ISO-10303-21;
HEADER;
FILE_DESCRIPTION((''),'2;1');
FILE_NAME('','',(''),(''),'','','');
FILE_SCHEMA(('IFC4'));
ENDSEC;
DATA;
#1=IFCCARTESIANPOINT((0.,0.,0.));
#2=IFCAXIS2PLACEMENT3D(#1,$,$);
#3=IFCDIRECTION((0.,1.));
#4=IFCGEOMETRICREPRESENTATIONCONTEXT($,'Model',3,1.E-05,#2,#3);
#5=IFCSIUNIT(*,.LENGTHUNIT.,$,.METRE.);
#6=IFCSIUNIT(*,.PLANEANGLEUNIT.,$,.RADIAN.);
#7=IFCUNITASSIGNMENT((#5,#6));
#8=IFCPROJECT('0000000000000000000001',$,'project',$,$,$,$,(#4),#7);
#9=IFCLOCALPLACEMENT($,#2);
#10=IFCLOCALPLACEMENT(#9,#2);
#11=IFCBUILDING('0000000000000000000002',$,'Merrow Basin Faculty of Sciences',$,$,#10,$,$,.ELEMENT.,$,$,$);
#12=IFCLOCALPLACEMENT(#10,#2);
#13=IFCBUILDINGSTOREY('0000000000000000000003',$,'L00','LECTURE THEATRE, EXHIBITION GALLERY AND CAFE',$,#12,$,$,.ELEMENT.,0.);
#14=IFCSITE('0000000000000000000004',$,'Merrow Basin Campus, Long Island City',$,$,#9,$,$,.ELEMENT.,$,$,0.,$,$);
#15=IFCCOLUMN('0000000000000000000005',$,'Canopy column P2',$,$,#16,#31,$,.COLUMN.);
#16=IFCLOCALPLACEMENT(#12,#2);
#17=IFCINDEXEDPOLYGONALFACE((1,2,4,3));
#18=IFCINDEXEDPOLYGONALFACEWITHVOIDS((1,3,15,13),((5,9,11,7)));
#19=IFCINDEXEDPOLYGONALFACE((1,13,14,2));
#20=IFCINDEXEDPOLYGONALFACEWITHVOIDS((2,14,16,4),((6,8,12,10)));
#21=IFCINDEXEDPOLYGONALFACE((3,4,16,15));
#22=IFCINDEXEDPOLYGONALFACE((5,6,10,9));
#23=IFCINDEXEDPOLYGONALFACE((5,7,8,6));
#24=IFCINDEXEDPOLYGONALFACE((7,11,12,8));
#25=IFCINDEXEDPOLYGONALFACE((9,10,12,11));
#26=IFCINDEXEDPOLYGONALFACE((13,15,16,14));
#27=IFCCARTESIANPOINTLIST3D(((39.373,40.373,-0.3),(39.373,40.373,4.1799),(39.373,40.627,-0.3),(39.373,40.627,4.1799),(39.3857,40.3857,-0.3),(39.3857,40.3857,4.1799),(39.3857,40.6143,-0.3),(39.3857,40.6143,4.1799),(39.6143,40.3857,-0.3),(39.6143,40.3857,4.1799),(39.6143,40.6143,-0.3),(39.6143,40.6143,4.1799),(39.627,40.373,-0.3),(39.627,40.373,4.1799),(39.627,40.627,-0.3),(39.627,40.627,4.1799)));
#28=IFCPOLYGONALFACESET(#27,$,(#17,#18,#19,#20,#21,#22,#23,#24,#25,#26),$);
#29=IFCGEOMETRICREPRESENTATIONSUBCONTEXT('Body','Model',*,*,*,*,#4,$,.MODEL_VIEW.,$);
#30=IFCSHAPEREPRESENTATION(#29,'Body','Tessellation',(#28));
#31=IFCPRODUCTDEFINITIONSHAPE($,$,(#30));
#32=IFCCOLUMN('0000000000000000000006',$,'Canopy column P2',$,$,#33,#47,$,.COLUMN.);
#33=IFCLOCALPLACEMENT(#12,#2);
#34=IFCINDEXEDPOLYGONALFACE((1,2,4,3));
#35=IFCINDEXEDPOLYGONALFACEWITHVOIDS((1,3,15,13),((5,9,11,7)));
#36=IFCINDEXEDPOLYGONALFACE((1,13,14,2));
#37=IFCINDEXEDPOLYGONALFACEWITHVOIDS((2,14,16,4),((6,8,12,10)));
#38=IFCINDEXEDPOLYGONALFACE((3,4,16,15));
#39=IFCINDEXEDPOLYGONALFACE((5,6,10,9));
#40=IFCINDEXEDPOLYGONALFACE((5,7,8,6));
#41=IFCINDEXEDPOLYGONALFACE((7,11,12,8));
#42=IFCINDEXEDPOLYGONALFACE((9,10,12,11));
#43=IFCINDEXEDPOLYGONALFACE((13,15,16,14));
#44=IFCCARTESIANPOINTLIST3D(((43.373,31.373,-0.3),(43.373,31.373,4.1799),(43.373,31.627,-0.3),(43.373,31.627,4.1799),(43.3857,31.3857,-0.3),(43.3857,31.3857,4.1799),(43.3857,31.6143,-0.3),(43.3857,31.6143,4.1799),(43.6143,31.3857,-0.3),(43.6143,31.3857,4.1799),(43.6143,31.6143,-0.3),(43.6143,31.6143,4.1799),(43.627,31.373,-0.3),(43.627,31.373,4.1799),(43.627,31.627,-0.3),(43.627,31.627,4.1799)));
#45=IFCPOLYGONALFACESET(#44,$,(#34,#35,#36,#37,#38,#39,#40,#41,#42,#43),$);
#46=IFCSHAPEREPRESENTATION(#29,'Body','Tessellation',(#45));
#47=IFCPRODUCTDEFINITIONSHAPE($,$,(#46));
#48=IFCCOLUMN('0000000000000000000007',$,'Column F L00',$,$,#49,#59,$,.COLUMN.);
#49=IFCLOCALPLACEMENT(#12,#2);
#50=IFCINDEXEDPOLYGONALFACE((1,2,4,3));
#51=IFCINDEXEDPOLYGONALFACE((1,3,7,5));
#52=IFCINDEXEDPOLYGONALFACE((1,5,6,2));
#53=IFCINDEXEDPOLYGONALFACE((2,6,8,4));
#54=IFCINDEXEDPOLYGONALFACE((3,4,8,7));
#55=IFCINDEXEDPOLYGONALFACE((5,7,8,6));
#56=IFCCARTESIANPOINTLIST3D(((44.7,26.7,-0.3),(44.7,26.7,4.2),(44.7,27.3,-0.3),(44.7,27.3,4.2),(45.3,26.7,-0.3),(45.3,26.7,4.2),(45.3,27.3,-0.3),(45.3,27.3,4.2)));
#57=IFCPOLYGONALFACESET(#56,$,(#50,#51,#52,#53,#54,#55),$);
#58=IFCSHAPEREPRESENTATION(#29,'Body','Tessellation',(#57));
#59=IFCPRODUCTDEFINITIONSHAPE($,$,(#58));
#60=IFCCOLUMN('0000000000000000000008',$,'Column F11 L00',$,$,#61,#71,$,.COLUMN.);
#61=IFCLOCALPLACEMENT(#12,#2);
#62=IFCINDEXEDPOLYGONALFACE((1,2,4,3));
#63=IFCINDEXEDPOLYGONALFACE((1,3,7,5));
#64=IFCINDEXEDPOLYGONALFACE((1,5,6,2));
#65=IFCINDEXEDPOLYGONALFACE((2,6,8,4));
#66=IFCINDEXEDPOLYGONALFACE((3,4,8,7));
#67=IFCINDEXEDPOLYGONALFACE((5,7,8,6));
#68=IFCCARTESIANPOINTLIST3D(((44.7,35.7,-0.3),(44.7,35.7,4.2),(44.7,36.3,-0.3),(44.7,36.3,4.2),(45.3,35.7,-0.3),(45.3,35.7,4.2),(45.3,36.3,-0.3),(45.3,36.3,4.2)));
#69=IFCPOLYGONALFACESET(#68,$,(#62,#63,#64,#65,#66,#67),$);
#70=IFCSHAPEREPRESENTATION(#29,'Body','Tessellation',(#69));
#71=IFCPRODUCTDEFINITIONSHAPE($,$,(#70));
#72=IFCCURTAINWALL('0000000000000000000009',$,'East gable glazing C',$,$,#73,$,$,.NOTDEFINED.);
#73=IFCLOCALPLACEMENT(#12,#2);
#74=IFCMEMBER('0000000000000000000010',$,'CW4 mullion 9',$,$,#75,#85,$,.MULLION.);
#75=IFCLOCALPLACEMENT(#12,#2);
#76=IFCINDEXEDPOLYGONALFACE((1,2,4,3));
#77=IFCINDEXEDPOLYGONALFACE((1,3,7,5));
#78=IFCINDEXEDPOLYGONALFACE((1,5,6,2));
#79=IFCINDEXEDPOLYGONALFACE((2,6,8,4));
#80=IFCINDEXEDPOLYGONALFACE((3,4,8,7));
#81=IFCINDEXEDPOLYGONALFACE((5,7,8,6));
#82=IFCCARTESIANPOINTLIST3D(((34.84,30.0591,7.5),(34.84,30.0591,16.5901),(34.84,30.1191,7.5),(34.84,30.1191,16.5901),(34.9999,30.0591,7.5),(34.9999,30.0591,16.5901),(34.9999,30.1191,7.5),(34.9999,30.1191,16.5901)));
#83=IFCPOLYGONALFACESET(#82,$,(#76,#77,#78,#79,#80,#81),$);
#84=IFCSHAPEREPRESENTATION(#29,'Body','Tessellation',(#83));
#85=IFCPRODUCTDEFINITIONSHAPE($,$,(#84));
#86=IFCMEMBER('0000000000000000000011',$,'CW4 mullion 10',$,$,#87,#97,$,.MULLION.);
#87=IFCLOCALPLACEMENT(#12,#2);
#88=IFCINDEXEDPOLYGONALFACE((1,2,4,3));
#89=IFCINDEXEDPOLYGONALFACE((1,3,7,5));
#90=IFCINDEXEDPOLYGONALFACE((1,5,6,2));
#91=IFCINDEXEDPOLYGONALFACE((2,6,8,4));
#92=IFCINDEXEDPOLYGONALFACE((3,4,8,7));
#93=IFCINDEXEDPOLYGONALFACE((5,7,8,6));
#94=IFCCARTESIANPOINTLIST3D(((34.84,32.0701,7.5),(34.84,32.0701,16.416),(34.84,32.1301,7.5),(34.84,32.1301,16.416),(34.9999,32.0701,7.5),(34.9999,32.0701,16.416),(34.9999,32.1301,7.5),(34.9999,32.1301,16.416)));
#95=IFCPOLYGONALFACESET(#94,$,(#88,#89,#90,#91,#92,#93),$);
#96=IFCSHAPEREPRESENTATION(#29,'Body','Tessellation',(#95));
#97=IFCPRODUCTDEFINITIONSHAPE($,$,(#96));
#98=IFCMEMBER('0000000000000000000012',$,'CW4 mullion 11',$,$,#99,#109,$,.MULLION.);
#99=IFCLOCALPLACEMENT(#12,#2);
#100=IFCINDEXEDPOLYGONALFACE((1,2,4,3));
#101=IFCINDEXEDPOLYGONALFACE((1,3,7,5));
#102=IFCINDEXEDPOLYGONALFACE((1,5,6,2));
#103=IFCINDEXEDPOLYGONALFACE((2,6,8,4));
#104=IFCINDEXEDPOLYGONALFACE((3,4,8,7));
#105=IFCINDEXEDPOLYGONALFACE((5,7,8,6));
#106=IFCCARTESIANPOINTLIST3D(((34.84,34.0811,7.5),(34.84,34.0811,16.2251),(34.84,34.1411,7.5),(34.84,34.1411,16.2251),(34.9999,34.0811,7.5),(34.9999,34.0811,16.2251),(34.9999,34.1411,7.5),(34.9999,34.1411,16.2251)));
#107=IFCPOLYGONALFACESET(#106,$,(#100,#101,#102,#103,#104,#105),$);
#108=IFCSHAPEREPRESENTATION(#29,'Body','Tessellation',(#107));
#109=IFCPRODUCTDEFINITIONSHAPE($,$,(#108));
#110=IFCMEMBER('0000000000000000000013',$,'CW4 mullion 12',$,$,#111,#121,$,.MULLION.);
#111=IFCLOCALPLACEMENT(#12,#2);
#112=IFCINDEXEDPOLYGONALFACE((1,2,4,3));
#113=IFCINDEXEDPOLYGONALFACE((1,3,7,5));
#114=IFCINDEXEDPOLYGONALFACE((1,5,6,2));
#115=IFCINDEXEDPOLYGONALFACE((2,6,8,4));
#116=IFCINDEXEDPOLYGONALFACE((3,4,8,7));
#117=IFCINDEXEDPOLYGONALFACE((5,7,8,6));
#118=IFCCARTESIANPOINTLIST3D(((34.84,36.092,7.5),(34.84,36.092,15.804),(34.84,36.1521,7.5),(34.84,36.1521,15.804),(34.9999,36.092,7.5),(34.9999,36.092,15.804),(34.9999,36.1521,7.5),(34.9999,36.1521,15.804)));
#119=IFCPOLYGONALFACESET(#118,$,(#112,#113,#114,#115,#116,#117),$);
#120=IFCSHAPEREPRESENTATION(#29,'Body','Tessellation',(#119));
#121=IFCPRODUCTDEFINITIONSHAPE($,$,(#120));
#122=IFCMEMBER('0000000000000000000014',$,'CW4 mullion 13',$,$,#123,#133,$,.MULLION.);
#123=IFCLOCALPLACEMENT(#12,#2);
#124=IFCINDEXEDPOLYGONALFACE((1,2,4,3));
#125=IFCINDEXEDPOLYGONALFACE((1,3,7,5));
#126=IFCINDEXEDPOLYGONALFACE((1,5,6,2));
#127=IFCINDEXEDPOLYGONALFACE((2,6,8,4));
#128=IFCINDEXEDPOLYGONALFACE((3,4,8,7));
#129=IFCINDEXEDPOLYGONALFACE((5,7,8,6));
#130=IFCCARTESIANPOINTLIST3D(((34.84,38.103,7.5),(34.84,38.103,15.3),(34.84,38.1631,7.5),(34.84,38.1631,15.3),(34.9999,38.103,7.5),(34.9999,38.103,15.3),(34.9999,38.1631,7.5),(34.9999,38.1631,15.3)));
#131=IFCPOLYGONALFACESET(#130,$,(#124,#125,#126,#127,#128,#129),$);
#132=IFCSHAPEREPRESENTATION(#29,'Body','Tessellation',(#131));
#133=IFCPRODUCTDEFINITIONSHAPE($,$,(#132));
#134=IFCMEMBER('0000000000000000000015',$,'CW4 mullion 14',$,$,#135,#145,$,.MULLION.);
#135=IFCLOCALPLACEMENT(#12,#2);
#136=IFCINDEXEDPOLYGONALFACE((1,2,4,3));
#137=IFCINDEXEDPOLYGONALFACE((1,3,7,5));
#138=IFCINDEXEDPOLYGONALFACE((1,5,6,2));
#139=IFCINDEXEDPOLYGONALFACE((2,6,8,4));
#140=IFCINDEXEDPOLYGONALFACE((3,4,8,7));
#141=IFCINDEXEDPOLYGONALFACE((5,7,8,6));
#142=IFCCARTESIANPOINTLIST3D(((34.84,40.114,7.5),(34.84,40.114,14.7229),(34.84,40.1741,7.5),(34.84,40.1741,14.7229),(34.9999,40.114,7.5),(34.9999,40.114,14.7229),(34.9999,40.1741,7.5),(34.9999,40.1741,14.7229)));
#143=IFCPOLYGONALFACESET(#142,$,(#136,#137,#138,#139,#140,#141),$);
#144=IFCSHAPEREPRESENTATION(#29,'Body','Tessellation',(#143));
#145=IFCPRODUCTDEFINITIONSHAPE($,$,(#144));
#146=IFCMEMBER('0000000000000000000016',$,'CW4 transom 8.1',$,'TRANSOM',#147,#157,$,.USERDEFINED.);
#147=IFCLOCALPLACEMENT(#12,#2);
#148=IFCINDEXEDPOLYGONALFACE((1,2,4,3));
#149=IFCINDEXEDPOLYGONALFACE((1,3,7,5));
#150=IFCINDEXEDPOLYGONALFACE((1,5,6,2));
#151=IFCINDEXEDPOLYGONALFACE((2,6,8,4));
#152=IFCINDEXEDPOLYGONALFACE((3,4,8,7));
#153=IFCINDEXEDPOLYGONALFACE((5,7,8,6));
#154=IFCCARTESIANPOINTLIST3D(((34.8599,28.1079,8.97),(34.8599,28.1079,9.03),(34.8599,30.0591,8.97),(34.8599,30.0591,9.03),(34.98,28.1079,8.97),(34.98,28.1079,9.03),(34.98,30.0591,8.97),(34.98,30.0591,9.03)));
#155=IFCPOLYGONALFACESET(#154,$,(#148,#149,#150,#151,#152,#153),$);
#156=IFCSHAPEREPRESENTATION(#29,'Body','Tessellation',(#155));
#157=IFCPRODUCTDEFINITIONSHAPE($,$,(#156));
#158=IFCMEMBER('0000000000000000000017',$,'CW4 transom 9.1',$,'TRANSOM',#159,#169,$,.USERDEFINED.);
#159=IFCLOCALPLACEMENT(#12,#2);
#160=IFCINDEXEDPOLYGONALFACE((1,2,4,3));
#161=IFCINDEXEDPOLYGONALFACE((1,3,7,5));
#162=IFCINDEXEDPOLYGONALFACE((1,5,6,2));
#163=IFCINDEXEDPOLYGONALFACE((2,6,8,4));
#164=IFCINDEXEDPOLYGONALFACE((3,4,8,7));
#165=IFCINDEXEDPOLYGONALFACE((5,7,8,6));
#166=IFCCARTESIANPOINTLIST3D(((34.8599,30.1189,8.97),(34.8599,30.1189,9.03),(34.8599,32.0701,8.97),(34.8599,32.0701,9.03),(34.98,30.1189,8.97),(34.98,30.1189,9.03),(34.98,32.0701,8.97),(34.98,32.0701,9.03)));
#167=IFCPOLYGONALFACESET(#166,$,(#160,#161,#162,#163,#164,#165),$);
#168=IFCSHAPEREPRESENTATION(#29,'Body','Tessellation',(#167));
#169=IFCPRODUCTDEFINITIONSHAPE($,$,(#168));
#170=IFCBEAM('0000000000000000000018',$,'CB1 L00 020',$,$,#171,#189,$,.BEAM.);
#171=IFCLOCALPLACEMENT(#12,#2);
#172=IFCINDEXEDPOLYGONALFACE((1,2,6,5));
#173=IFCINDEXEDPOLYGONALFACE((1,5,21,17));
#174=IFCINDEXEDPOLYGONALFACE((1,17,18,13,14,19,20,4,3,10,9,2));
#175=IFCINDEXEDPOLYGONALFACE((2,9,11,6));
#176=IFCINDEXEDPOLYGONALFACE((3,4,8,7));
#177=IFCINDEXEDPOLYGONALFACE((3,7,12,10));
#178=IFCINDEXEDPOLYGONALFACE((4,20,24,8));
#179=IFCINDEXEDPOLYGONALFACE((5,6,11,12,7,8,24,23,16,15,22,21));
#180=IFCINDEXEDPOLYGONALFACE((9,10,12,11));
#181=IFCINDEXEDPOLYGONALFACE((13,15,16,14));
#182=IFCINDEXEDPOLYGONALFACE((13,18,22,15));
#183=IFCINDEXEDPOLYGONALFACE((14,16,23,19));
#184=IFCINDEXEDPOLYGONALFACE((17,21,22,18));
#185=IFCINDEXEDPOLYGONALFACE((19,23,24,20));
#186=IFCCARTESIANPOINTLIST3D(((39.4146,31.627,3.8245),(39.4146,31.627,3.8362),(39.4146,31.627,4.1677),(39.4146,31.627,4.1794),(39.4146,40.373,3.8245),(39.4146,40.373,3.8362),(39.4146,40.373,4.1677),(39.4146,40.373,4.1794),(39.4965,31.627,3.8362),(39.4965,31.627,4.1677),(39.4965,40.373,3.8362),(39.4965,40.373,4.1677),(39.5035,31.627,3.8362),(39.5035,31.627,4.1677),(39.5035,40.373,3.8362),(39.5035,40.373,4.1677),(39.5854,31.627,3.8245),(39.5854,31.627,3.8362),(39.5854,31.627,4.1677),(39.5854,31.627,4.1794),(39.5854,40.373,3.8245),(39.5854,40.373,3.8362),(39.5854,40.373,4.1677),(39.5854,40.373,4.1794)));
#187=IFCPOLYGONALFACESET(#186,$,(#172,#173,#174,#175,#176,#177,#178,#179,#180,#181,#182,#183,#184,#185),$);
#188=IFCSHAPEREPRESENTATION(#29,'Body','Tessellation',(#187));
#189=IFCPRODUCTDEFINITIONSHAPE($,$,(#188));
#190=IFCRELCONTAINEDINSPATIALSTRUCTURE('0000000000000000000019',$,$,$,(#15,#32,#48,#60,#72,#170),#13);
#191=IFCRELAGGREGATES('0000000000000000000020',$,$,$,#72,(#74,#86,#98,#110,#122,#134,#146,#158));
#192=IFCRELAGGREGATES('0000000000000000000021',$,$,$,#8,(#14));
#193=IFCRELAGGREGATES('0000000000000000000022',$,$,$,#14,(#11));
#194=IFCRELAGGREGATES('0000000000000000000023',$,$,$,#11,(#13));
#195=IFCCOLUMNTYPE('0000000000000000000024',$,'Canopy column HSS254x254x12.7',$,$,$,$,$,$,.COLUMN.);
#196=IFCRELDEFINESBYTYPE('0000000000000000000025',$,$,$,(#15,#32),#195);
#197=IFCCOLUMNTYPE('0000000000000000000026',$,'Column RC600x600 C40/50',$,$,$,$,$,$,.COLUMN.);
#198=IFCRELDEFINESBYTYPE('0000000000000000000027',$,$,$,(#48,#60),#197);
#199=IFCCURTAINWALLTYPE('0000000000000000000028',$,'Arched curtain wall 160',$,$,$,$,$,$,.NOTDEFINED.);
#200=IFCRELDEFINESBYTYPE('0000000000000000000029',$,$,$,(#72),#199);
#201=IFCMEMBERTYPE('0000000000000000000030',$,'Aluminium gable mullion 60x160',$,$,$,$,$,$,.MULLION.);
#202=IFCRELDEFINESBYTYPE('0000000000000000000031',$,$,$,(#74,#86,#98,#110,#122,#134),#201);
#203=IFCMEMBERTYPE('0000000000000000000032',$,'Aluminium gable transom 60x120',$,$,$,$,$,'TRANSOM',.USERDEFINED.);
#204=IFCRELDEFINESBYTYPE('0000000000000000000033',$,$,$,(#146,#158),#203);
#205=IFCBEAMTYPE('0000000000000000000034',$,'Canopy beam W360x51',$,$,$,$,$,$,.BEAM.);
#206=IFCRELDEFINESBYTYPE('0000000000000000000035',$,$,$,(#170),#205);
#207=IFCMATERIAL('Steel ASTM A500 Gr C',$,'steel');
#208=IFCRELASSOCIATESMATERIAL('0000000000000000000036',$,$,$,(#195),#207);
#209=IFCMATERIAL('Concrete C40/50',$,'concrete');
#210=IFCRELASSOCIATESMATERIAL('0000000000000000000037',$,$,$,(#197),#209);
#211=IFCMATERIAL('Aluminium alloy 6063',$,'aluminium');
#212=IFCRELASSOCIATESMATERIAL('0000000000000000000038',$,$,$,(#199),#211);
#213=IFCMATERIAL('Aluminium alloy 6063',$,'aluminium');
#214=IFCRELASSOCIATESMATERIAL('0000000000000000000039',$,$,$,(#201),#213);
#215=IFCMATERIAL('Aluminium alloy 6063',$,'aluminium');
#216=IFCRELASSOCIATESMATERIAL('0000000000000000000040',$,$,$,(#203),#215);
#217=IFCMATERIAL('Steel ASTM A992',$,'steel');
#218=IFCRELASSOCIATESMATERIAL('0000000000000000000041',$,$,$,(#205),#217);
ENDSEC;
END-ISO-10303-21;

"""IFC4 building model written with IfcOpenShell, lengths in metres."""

from ifc_helpers import new_model, si_unit, direction, frame, origin, origin_2d, place, context, subcontext, project, spatial, rectangle, hollow_rectangle, i_section, extrude, material, material_profile, profile_set, type_object, element, aggregate, save


model = new_model("IFC4")

# Units and contexts
model_context = context("Model", 3, precision=1e-05, world=origin(), true_north=direction((0.0, 1.0)))
body_context = subcontext(model_context, "Body", "Model", "MODEL_VIEW")
ifc_project = project(units=[si_unit("LENGTHUNIT", "METRE"), si_unit("PLANEANGLEUNIT", "RADIAN")], contexts=[model_context])

# Site, building, storey
site_placement = place(None, origin())
site = spatial("IfcSite", under=ifc_project, at=site_placement, Name="Merrow Basin Campus, Long Island City", CompositionType="ELEMENT", RefElevation=0.0)
building_placement = place(site_placement, origin())
building = spatial("IfcBuilding", under=site, at=building_placement, Name="Merrow Basin Faculty of Sciences", CompositionType="ELEMENT")
storey_placement = place(building_placement, origin())
storey = spatial("IfcBuildingStorey", under=building, at=storey_placement, Name="L00", Description="LECTURE THEATRE, EXHIBITION GALLERY AND CAFE", CompositionType="ELEMENT", Elevation=0.0)

# Columns
ifc_material_1 = material(Name="Steel ASTM A500 Gr C", Category="steel")
ifc_material_profile_1 = material_profile(ifc_material_1, hollow_rectangle(XDim=0.2539, YDim=0.2539, WallThickness=0.0127, at=origin_2d()))
ifc_profile_set_1 = profile_set([ifc_material_profile_1], Name="Steel ASTM A500 Gr C")
column_type_1 = type_object("IfcColumnType", Name="Canopy column HSS254x254x12.7", PredefinedType="COLUMN", material=ifc_profile_set_1)
for number, where, z_axis, x_axis, name in (
    (1, (39.5, 40.5, -0.3), (0.0, 0.0, 1.0), (1.0, 0.0, 0.0), "Canopy column P2"),
    (2, (43.5, 31.5, -0.3), (0.0, 0.0, 1.0), (1.0, 0.0, 0.0), "Canopy column P2"),
):
    element("IfcColumn", number, at=place(storey_placement, frame(where, z_axis=z_axis, x_axis=x_axis)), inside=storey, type_object=column_type_1, Name=name, PredefinedType="COLUMN", context=body_context, shape_type="SweptSolid", body=[
        extrude(hollow_rectangle(XDim=0.2539, YDim=0.2539, WallThickness=0.0127, at=origin_2d()), origin(), (0.0, 0.0, 1.0), 4.48),
    ])
ifc_material_2 = material(Name="Concrete C40/50", Category="concrete")
ifc_material_profile_2 = material_profile(ifc_material_2, rectangle(XDim=0.6001, YDim=0.6001, at=origin_2d()))
ifc_profile_set_2 = profile_set([ifc_material_profile_2], Name="Concrete C40/50")
column_type_2 = type_object("IfcColumnType", Name="Column RC600x600 C40/50", PredefinedType="COLUMN", material=ifc_profile_set_2)
for number, where, z_axis, x_axis, name in (
    (3, (45.0, 27.0, -0.3), (0.0, 0.0, 1.0), (1.0, 0.0, 0.0), "Column F L00"),
    (4, (45.0, 36.0, -0.3), (0.0, 0.0, 1.0), (1.0, 0.0, 0.0), "Column F11 L00"),
):
    element("IfcColumn", number, at=place(storey_placement, frame(where, z_axis=z_axis, x_axis=x_axis)), inside=storey, type_object=column_type_2, Name=name, PredefinedType="COLUMN", context=body_context, shape_type="SweptSolid", body=[
        extrude(rectangle(XDim=0.6001, YDim=0.6001, at=origin_2d()), origin(), (0.0, 0.0, 1.0), 4.5),
    ])

# Curtain wall, members
ifc_material_3 = material(Name="Aluminium alloy 6063", Category="aluminium")
curtain_wall_type = type_object("IfcCurtainWallType", Name="Arched curtain wall 160", PredefinedType="NOTDEFINED", material=ifc_material_3)
curtain_wall_placement = place(storey_placement, origin())
curtain_wall = element("IfcCurtainWall", 5, at=curtain_wall_placement, inside=storey, type_object=curtain_wall_type, Name="East gable glazing C", PredefinedType="NOTDEFINED")
ifc_material_4 = material(Name="Aluminium alloy 6063", Category="aluminium")
ifc_material_profile_3 = material_profile(ifc_material_4, rectangle(XDim=0.1599, YDim=0.0601, at=origin_2d()))
ifc_profile_set_3 = profile_set([ifc_material_profile_3], Name="Aluminium alloy 6063")
member_type_1 = type_object("IfcMemberType", Name="Aluminium gable mullion 60x160", PredefinedType="MULLION", material=ifc_profile_set_3)
member_1_placement = place(storey_placement, frame((34.9199, 30.0891, 7.5), z_axis=(0.0, 0.0, 1.0), x_axis=(1.0, 0.0, 0.0)))
member_1 = element("IfcMember", 6, at=member_1_placement, type_object=member_type_1, Name="CW4 mullion 9", PredefinedType="MULLION", context=body_context, shape_type="SweptSolid", body=[
    extrude(rectangle(XDim=0.1599, YDim=0.0601, at=origin_2d()), origin(), (0.0, 0.0, 1.0), 9.0901),
])
member_2_placement = place(storey_placement, frame((34.9199, 32.1001, 7.5), z_axis=(0.0, 0.0, 1.0), x_axis=(1.0, 0.0, 0.0)))
member_2 = element("IfcMember", 7, at=member_2_placement, type_object=member_type_1, Name="CW4 mullion 10", PredefinedType="MULLION", context=body_context, shape_type="SweptSolid", body=[
    extrude(rectangle(XDim=0.1599, YDim=0.0601, at=origin_2d()), origin(), (0.0, 0.0, 1.0), 8.916),
])
member_3_placement = place(storey_placement, frame((34.9199, 34.1111, 7.5), z_axis=(0.0, 0.0, 1.0), x_axis=(1.0, 0.0, 0.0)))
member_3 = element("IfcMember", 8, at=member_3_placement, type_object=member_type_1, Name="CW4 mullion 11", PredefinedType="MULLION", context=body_context, shape_type="SweptSolid", body=[
    extrude(rectangle(XDim=0.1599, YDim=0.0601, at=origin_2d()), origin(), (0.0, 0.0, 1.0), 8.7251),
])
member_4_placement = place(storey_placement, frame((34.9199, 36.1221, 7.5), z_axis=(0.0, 0.0, 1.0), x_axis=(1.0, 0.0, 0.0)))
member_4 = element("IfcMember", 9, at=member_4_placement, type_object=member_type_1, Name="CW4 mullion 12", PredefinedType="MULLION", context=body_context, shape_type="SweptSolid", body=[
    extrude(rectangle(XDim=0.1599, YDim=0.0601, at=origin_2d()), origin(), (0.0, 0.0, 1.0), 8.304),
])
member_5_placement = place(storey_placement, frame((34.9199, 38.1331, 7.5), z_axis=(0.0, 0.0, 1.0), x_axis=(1.0, 0.0, 0.0)))
member_5 = element("IfcMember", 10, at=member_5_placement, type_object=member_type_1, Name="CW4 mullion 13", PredefinedType="MULLION", context=body_context, shape_type="SweptSolid", body=[
    extrude(rectangle(XDim=0.1599, YDim=0.0601, at=origin_2d()), origin(), (0.0, 0.0, 1.0), 7.8),
])
member_6_placement = place(storey_placement, frame((34.9199, 40.144, 7.5), z_axis=(0.0, 0.0, 1.0), x_axis=(1.0, 0.0, 0.0)))
member_6 = element("IfcMember", 11, at=member_6_placement, type_object=member_type_1, Name="CW4 mullion 14", PredefinedType="MULLION", context=body_context, shape_type="SweptSolid", body=[
    extrude(rectangle(XDim=0.1599, YDim=0.0601, at=origin_2d()), origin(), (0.0, 0.0, 1.0), 7.2229),
])
ifc_material_5 = material(Name="Aluminium alloy 6063", Category="aluminium")
ifc_material_profile_4 = material_profile(ifc_material_5, rectangle(XDim=0.1201, YDim=0.0601, at=origin_2d()))
ifc_profile_set_4 = profile_set([ifc_material_profile_4], Name="Aluminium alloy 6063")
member_type_2 = type_object("IfcMemberType", Name="Aluminium gable transom 60x120", ElementType="TRANSOM", PredefinedType="USERDEFINED", material=ifc_profile_set_4)
member_7_placement = place(storey_placement, frame((34.9199, 28.1079, 9.0), z_axis=(0.0, 1.0, 0.0), x_axis=(-1.0, 0.0, 0.0)))
member_7 = element("IfcMember", 12, at=member_7_placement, type_object=member_type_2, Name="CW4 transom 8.1", ObjectType="TRANSOM", PredefinedType="USERDEFINED", context=body_context, shape_type="SweptSolid", body=[
    extrude(rectangle(XDim=0.1201, YDim=0.0601, at=origin_2d()), origin(), (0.0, 0.0, 1.0), 1.9512),
])
member_8_placement = place(storey_placement, frame((34.9199, 30.1189, 9.0), z_axis=(0.0, 1.0, 0.0), x_axis=(-1.0, 0.0, 0.0)))
member_8 = element("IfcMember", 13, at=member_8_placement, type_object=member_type_2, Name="CW4 transom 9.1", ObjectType="TRANSOM", PredefinedType="USERDEFINED", context=body_context, shape_type="SweptSolid", body=[
    extrude(rectangle(XDim=0.1201, YDim=0.0601, at=origin_2d()), origin(), (0.0, 0.0, 1.0), 1.9512),
])
aggregate(curtain_wall, [member_1, member_2, member_3, member_4, member_5, member_6, member_7, member_8])

# Beam
ifc_material_6 = material(Name="Steel ASTM A992", Category="steel")
ifc_material_profile_5 = material_profile(ifc_material_6, i_section(OverallWidth=0.1709, OverallDepth=0.355, WebThickness=0.0071, FlangeThickness=0.0117, at=origin_2d()))
ifc_profile_set_5 = profile_set([ifc_material_profile_5], Name="Steel ASTM A992")
beam_type = type_object("IfcBeamType", Name="Canopy beam W360x51", PredefinedType="BEAM", material=ifc_profile_set_5)
for number, where, z_axis, x_axis, name in (
    (14, (39.5, 31.627, 4.002), (0.0, 1.0, 0.0), (-1.0, 0.0, 0.0), "CB1 L00 020"),
):
    element("IfcBeam", number, at=place(storey_placement, frame(where, z_axis=z_axis, x_axis=x_axis)), inside=storey, type_object=beam_type, Name=name, PredefinedType="BEAM", context=body_context, shape_type="SweptSolid", body=[
        extrude(i_section(OverallWidth=0.1709, OverallDepth=0.355, WebThickness=0.0071, FlangeThickness=0.0117, at=origin_2d()), origin(), (0.0, 0.0, 1.0), 8.7461),
    ])

save(model, "model.ifc")
